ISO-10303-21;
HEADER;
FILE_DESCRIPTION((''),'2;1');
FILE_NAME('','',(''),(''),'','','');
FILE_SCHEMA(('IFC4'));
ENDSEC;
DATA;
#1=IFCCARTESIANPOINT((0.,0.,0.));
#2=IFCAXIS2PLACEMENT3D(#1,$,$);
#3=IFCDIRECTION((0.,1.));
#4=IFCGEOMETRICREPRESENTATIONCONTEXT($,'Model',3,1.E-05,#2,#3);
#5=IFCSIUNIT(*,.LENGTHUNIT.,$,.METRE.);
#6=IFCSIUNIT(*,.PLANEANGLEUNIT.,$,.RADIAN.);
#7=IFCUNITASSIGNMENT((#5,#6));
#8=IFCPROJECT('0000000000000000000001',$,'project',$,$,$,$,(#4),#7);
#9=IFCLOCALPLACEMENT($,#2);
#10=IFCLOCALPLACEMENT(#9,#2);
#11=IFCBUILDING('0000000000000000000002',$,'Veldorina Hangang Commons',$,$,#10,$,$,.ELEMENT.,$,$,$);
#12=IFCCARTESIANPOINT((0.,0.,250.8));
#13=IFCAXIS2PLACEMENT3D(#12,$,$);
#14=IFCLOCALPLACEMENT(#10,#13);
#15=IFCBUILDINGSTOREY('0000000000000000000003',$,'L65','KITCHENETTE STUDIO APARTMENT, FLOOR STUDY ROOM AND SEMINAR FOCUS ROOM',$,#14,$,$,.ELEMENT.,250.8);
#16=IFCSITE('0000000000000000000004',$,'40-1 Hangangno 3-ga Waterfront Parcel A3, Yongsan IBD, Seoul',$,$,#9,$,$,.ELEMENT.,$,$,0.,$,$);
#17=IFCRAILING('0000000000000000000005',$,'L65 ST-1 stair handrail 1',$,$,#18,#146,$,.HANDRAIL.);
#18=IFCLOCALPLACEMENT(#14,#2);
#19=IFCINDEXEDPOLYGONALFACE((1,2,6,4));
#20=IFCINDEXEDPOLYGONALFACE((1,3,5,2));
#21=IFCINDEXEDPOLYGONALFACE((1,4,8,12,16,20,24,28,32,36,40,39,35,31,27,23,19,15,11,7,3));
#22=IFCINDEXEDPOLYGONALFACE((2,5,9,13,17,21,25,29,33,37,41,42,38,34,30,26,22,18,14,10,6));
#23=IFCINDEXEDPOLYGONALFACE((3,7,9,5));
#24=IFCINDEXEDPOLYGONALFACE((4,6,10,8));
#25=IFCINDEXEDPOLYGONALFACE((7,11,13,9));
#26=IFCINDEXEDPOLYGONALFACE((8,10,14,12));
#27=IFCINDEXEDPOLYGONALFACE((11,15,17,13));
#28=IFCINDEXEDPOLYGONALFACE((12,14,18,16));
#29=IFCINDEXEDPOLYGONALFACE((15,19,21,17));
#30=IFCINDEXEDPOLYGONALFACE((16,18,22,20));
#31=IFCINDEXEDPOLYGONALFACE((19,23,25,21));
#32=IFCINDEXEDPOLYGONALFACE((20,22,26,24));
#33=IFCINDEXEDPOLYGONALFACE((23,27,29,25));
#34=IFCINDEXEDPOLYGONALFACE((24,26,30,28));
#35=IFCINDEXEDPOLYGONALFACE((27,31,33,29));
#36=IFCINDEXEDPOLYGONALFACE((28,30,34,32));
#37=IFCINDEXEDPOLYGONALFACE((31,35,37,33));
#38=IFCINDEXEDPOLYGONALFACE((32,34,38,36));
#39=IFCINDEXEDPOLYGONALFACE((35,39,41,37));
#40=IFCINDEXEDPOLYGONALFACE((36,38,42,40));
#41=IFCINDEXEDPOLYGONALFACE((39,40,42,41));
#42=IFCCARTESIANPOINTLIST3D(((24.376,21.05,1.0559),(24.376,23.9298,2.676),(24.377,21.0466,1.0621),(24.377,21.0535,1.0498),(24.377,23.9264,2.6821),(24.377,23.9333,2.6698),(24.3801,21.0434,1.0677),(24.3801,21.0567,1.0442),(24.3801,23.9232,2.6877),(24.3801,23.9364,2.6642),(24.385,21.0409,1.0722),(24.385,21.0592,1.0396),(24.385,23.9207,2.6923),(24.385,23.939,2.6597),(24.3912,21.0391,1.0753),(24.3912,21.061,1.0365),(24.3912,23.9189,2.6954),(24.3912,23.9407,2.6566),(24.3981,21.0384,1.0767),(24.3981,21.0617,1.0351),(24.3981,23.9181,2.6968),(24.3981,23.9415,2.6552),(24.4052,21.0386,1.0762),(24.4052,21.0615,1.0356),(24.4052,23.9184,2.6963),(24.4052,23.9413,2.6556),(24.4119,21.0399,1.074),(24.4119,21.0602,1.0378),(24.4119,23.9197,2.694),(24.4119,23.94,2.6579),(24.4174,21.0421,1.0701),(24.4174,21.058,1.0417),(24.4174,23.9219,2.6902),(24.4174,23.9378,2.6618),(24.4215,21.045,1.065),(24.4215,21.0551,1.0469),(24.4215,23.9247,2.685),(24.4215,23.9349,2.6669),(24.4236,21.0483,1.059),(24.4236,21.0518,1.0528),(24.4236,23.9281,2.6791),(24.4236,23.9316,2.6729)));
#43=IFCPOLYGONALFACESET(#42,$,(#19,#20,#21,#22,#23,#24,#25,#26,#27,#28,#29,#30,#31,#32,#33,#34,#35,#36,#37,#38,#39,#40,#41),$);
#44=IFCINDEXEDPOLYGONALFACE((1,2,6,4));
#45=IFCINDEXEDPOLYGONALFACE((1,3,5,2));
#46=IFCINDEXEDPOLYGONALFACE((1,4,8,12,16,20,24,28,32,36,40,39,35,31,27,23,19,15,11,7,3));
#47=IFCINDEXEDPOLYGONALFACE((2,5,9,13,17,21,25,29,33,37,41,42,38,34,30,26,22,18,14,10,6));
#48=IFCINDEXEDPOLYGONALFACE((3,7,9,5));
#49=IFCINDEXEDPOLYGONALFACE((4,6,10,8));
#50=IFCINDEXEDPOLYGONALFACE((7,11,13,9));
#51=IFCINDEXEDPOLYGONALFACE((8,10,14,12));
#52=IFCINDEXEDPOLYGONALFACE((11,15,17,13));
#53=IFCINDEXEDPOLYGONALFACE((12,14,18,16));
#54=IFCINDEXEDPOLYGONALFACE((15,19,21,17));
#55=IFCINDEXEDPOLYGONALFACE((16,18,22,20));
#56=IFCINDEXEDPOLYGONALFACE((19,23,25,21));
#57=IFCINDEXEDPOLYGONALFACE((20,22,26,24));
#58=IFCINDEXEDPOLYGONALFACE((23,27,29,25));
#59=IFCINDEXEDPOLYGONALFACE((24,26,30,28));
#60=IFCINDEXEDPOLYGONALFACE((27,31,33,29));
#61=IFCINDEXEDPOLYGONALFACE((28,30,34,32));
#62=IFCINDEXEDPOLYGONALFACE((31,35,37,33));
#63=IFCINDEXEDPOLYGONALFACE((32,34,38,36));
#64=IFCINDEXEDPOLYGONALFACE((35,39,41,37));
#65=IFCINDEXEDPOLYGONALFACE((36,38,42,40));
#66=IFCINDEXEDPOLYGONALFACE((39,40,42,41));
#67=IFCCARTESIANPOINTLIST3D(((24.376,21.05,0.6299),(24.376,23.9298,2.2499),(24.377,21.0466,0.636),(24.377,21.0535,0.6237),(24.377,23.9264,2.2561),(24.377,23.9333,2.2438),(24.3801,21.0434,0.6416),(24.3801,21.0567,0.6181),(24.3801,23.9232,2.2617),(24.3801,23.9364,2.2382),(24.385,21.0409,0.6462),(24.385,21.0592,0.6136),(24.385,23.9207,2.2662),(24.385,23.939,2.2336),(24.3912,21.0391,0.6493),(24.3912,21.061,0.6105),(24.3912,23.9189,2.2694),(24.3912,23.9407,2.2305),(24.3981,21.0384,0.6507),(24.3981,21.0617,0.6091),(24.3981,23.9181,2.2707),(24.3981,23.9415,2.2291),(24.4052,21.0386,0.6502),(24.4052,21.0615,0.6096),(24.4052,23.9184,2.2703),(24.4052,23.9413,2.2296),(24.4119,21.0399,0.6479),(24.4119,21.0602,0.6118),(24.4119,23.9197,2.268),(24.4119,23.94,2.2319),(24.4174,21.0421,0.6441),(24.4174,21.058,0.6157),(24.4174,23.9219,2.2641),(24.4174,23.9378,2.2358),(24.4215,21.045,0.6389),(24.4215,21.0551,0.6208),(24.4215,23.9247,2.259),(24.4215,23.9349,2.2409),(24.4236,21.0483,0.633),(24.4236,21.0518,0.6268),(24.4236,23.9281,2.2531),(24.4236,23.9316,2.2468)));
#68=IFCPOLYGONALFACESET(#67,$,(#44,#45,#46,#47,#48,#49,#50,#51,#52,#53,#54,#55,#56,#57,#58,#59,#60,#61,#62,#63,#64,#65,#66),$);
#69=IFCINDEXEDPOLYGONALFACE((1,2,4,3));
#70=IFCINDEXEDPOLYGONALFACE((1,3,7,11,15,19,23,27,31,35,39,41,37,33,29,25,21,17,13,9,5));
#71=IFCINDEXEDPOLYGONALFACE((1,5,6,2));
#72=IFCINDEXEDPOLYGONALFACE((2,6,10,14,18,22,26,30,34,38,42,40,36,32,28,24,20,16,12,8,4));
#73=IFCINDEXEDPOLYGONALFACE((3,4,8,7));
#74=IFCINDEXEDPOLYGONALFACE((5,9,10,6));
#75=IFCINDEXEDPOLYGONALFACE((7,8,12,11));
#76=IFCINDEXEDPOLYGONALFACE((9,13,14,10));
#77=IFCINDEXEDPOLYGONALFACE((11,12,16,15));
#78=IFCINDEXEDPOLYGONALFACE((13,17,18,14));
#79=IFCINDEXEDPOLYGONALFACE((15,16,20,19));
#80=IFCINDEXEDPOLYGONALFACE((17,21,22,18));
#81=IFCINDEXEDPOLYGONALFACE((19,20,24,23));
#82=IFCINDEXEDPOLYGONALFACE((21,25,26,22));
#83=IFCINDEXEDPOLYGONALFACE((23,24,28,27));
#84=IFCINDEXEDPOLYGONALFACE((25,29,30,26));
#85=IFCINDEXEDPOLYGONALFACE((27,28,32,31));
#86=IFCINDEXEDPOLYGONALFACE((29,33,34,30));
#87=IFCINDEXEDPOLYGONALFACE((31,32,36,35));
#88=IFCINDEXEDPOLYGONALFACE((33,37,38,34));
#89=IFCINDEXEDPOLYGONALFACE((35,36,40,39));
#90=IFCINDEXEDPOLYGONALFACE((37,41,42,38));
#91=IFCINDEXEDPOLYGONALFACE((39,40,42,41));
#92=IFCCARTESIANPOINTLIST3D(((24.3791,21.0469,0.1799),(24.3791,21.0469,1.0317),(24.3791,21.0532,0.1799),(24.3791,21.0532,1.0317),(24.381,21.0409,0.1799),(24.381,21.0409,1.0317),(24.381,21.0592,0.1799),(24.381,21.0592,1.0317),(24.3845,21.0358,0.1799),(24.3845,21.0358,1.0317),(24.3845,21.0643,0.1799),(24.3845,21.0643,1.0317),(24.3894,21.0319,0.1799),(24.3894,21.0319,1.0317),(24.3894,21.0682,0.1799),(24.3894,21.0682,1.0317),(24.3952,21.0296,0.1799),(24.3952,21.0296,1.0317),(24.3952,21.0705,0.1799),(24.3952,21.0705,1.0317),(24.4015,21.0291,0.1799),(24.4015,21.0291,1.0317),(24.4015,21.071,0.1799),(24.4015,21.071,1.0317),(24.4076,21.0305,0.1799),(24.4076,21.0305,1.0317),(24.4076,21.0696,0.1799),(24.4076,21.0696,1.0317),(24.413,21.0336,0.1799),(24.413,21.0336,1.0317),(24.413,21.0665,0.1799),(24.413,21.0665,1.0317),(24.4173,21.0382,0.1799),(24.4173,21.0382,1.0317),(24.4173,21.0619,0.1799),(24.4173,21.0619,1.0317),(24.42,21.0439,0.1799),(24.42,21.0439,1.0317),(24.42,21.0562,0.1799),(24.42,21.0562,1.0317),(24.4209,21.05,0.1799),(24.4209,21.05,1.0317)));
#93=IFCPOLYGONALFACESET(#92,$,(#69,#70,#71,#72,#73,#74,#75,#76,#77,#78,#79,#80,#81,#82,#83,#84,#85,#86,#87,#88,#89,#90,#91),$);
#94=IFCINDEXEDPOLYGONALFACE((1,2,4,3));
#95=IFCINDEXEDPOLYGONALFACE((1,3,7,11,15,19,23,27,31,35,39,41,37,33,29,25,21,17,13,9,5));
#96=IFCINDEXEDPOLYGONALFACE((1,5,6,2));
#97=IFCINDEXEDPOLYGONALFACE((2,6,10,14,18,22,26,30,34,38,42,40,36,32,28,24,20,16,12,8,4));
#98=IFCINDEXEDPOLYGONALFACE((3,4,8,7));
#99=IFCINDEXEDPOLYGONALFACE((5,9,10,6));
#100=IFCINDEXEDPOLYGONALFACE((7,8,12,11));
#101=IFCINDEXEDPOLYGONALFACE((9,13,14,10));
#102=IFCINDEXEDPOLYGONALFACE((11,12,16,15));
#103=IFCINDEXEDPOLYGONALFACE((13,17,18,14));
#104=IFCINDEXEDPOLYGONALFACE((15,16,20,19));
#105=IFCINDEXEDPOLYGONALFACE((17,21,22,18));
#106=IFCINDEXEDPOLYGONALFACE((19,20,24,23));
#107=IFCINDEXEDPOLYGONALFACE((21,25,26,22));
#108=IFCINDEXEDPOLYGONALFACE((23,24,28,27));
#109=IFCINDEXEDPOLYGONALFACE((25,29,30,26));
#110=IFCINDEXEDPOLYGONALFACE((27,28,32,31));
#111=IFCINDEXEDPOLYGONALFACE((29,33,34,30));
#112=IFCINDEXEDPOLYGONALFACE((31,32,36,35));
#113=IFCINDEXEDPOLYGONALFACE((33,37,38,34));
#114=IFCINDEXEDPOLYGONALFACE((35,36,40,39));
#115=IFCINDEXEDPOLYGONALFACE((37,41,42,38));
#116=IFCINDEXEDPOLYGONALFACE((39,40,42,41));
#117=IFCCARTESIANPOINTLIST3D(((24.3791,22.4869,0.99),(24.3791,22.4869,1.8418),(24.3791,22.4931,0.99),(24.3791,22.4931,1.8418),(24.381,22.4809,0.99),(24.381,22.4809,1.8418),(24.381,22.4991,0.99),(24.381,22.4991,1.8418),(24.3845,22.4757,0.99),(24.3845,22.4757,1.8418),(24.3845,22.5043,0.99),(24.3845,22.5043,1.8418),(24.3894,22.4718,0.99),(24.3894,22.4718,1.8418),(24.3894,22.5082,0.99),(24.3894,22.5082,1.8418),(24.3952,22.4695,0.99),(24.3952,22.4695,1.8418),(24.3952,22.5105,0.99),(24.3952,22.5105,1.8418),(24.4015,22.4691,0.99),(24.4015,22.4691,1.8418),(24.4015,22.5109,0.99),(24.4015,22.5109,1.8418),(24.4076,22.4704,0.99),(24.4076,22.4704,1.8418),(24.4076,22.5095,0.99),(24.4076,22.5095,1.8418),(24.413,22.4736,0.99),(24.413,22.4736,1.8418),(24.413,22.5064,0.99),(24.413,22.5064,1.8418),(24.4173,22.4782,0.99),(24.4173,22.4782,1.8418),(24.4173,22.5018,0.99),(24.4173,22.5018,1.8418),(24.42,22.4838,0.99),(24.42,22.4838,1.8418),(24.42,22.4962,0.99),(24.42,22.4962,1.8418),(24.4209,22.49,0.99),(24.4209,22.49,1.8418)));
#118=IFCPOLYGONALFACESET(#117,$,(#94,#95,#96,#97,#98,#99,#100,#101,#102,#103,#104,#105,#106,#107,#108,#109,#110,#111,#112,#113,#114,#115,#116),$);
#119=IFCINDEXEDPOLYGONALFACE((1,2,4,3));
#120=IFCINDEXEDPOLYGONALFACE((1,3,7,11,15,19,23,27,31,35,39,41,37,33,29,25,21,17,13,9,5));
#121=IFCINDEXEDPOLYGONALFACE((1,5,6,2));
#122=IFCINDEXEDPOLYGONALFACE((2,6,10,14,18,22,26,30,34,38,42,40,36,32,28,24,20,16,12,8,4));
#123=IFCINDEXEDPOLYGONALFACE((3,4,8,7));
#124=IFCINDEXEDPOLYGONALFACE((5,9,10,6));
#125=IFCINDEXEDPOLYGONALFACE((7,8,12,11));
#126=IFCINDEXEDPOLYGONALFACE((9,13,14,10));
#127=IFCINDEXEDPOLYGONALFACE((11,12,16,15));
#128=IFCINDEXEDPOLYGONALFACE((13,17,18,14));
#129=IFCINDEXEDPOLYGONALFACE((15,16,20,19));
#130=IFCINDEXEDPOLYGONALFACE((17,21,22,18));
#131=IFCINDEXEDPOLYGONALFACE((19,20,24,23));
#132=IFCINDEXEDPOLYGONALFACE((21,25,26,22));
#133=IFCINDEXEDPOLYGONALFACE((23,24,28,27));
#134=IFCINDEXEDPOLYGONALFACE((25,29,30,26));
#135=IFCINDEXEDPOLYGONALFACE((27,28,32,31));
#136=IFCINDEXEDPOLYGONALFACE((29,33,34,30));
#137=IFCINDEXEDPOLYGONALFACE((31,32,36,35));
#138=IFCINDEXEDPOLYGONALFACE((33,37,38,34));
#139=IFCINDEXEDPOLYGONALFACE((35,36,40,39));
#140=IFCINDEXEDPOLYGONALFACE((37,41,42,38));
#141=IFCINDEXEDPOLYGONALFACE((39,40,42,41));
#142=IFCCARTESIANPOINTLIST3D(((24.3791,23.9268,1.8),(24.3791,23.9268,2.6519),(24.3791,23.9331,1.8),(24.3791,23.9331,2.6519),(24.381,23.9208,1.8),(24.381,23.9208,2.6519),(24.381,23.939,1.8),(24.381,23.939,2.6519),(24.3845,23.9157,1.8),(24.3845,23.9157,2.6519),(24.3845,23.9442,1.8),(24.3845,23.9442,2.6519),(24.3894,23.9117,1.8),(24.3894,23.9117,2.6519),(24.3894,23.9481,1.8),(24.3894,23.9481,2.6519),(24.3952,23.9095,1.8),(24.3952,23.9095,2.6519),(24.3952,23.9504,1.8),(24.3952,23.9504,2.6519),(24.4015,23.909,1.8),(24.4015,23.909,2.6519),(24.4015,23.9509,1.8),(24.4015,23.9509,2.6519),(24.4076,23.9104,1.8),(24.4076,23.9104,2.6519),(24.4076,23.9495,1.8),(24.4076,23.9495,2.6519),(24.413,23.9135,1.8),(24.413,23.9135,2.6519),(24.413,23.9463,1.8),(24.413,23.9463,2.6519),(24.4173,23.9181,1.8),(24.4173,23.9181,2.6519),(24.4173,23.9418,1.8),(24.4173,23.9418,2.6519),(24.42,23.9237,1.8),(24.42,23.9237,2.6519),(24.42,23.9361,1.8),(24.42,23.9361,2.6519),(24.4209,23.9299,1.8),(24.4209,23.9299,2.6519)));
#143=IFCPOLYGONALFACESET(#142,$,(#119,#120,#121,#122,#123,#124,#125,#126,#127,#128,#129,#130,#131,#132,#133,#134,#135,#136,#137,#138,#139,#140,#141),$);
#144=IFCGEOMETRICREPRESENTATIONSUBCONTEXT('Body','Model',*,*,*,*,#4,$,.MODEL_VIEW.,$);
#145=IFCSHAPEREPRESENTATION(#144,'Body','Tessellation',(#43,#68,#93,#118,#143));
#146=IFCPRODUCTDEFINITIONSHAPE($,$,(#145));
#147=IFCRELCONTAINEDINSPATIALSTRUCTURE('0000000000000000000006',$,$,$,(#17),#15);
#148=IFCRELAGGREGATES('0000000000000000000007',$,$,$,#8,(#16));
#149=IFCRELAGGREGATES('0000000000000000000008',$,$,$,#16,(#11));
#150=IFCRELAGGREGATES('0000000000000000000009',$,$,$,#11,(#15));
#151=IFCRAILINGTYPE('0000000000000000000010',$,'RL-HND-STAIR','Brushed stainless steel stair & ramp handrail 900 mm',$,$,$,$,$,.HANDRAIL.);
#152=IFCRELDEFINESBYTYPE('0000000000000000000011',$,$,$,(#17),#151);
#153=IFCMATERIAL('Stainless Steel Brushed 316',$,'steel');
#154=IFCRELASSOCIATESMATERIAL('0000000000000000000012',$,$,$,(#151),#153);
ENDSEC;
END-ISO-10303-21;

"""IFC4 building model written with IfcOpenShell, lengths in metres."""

from ifc_helpers import new_model, si_unit, direction, frame, origin, origin_2d, place, context, subcontext, project, spatial, circle, extrude, material, type_object, element, save


model = new_model("IFC4")

# Units and contexts
model_context = context("Model", 3, precision=1e-05, world=origin(), true_north=direction((0.0, 1.0)))
body_context = subcontext(model_context, "Body", "Model", "MODEL_VIEW")
ifc_project = project(units=[si_unit("LENGTHUNIT", "METRE"), si_unit("PLANEANGLEUNIT", "RADIAN")], contexts=[model_context])

# Site, building, storey
site_placement = place(None, origin())
site = spatial("IfcSite", under=ifc_project, at=site_placement, Name="40-1 Hangangno 3-ga Waterfront Parcel A3, Yongsan IBD, Seoul", CompositionType="ELEMENT", RefElevation=0.0)
building_placement = place(site_placement, origin())
building = spatial("IfcBuilding", under=site, at=building_placement, Name="Veldorina Hangang Commons", CompositionType="ELEMENT")
storey_placement = place(building_placement, frame((0.0, 0.0, 250.8)))
storey = spatial("IfcBuildingStorey", under=building, at=storey_placement, Name="L65", Description="KITCHENETTE STUDIO APARTMENT, FLOOR STUDY ROOM AND SEMINAR FOCUS ROOM", CompositionType="ELEMENT", Elevation=250.8)

# Railing
ifc_material_1 = material(Name="Stainless Steel Brushed 316", Category="steel")
railing_type = type_object("IfcRailingType", Name="RL-HND-STAIR", Description="Brushed stainless steel stair & ramp handrail 900 mm", PredefinedType="HANDRAIL", material=ifc_material_1)
railing_placement = place(storey_placement, frame((24.3999, 21.05, 0.1799)))
element("IfcRailing", 1, at=railing_placement, inside=storey, type_object=railing_type, Name="L65 ST-1 stair handrail 1", PredefinedType="HANDRAIL", context=body_context, shape_type="SweptSolid", body=[
    extrude(circle(Radius=0.0239, at=origin_2d()), frame((0.0, 0.0, 0.876), z_axis=(0.0, 0.871552, 0.490303), x_axis=(-1.0, 0.0, 0.0)), (0.0, 0.0, 1.0), 3.3042),
    extrude(circle(Radius=0.0239, at=origin_2d()), frame((0.0, 0.0, 0.45), z_axis=(0.0, 0.871552, 0.490303), x_axis=(-1.0, 0.0, 0.0)), (0.0, 0.0, 1.0), 3.3042),
    extrude(circle(Radius=0.021, at=origin_2d()), origin(), (0.0, 0.0, 1.0), 0.8518),
    extrude(circle(Radius=0.021, at=origin_2d()), frame((0.0, 1.4399, 0.8101)), (0.0, 0.0, 1.0), 0.8518),
    extrude(circle(Radius=0.021, at=origin_2d()), frame((0.0, 2.8799, 1.6201)), (0.0, 0.0, 1.0), 0.8518),
])

save(model, "model.ifc")
